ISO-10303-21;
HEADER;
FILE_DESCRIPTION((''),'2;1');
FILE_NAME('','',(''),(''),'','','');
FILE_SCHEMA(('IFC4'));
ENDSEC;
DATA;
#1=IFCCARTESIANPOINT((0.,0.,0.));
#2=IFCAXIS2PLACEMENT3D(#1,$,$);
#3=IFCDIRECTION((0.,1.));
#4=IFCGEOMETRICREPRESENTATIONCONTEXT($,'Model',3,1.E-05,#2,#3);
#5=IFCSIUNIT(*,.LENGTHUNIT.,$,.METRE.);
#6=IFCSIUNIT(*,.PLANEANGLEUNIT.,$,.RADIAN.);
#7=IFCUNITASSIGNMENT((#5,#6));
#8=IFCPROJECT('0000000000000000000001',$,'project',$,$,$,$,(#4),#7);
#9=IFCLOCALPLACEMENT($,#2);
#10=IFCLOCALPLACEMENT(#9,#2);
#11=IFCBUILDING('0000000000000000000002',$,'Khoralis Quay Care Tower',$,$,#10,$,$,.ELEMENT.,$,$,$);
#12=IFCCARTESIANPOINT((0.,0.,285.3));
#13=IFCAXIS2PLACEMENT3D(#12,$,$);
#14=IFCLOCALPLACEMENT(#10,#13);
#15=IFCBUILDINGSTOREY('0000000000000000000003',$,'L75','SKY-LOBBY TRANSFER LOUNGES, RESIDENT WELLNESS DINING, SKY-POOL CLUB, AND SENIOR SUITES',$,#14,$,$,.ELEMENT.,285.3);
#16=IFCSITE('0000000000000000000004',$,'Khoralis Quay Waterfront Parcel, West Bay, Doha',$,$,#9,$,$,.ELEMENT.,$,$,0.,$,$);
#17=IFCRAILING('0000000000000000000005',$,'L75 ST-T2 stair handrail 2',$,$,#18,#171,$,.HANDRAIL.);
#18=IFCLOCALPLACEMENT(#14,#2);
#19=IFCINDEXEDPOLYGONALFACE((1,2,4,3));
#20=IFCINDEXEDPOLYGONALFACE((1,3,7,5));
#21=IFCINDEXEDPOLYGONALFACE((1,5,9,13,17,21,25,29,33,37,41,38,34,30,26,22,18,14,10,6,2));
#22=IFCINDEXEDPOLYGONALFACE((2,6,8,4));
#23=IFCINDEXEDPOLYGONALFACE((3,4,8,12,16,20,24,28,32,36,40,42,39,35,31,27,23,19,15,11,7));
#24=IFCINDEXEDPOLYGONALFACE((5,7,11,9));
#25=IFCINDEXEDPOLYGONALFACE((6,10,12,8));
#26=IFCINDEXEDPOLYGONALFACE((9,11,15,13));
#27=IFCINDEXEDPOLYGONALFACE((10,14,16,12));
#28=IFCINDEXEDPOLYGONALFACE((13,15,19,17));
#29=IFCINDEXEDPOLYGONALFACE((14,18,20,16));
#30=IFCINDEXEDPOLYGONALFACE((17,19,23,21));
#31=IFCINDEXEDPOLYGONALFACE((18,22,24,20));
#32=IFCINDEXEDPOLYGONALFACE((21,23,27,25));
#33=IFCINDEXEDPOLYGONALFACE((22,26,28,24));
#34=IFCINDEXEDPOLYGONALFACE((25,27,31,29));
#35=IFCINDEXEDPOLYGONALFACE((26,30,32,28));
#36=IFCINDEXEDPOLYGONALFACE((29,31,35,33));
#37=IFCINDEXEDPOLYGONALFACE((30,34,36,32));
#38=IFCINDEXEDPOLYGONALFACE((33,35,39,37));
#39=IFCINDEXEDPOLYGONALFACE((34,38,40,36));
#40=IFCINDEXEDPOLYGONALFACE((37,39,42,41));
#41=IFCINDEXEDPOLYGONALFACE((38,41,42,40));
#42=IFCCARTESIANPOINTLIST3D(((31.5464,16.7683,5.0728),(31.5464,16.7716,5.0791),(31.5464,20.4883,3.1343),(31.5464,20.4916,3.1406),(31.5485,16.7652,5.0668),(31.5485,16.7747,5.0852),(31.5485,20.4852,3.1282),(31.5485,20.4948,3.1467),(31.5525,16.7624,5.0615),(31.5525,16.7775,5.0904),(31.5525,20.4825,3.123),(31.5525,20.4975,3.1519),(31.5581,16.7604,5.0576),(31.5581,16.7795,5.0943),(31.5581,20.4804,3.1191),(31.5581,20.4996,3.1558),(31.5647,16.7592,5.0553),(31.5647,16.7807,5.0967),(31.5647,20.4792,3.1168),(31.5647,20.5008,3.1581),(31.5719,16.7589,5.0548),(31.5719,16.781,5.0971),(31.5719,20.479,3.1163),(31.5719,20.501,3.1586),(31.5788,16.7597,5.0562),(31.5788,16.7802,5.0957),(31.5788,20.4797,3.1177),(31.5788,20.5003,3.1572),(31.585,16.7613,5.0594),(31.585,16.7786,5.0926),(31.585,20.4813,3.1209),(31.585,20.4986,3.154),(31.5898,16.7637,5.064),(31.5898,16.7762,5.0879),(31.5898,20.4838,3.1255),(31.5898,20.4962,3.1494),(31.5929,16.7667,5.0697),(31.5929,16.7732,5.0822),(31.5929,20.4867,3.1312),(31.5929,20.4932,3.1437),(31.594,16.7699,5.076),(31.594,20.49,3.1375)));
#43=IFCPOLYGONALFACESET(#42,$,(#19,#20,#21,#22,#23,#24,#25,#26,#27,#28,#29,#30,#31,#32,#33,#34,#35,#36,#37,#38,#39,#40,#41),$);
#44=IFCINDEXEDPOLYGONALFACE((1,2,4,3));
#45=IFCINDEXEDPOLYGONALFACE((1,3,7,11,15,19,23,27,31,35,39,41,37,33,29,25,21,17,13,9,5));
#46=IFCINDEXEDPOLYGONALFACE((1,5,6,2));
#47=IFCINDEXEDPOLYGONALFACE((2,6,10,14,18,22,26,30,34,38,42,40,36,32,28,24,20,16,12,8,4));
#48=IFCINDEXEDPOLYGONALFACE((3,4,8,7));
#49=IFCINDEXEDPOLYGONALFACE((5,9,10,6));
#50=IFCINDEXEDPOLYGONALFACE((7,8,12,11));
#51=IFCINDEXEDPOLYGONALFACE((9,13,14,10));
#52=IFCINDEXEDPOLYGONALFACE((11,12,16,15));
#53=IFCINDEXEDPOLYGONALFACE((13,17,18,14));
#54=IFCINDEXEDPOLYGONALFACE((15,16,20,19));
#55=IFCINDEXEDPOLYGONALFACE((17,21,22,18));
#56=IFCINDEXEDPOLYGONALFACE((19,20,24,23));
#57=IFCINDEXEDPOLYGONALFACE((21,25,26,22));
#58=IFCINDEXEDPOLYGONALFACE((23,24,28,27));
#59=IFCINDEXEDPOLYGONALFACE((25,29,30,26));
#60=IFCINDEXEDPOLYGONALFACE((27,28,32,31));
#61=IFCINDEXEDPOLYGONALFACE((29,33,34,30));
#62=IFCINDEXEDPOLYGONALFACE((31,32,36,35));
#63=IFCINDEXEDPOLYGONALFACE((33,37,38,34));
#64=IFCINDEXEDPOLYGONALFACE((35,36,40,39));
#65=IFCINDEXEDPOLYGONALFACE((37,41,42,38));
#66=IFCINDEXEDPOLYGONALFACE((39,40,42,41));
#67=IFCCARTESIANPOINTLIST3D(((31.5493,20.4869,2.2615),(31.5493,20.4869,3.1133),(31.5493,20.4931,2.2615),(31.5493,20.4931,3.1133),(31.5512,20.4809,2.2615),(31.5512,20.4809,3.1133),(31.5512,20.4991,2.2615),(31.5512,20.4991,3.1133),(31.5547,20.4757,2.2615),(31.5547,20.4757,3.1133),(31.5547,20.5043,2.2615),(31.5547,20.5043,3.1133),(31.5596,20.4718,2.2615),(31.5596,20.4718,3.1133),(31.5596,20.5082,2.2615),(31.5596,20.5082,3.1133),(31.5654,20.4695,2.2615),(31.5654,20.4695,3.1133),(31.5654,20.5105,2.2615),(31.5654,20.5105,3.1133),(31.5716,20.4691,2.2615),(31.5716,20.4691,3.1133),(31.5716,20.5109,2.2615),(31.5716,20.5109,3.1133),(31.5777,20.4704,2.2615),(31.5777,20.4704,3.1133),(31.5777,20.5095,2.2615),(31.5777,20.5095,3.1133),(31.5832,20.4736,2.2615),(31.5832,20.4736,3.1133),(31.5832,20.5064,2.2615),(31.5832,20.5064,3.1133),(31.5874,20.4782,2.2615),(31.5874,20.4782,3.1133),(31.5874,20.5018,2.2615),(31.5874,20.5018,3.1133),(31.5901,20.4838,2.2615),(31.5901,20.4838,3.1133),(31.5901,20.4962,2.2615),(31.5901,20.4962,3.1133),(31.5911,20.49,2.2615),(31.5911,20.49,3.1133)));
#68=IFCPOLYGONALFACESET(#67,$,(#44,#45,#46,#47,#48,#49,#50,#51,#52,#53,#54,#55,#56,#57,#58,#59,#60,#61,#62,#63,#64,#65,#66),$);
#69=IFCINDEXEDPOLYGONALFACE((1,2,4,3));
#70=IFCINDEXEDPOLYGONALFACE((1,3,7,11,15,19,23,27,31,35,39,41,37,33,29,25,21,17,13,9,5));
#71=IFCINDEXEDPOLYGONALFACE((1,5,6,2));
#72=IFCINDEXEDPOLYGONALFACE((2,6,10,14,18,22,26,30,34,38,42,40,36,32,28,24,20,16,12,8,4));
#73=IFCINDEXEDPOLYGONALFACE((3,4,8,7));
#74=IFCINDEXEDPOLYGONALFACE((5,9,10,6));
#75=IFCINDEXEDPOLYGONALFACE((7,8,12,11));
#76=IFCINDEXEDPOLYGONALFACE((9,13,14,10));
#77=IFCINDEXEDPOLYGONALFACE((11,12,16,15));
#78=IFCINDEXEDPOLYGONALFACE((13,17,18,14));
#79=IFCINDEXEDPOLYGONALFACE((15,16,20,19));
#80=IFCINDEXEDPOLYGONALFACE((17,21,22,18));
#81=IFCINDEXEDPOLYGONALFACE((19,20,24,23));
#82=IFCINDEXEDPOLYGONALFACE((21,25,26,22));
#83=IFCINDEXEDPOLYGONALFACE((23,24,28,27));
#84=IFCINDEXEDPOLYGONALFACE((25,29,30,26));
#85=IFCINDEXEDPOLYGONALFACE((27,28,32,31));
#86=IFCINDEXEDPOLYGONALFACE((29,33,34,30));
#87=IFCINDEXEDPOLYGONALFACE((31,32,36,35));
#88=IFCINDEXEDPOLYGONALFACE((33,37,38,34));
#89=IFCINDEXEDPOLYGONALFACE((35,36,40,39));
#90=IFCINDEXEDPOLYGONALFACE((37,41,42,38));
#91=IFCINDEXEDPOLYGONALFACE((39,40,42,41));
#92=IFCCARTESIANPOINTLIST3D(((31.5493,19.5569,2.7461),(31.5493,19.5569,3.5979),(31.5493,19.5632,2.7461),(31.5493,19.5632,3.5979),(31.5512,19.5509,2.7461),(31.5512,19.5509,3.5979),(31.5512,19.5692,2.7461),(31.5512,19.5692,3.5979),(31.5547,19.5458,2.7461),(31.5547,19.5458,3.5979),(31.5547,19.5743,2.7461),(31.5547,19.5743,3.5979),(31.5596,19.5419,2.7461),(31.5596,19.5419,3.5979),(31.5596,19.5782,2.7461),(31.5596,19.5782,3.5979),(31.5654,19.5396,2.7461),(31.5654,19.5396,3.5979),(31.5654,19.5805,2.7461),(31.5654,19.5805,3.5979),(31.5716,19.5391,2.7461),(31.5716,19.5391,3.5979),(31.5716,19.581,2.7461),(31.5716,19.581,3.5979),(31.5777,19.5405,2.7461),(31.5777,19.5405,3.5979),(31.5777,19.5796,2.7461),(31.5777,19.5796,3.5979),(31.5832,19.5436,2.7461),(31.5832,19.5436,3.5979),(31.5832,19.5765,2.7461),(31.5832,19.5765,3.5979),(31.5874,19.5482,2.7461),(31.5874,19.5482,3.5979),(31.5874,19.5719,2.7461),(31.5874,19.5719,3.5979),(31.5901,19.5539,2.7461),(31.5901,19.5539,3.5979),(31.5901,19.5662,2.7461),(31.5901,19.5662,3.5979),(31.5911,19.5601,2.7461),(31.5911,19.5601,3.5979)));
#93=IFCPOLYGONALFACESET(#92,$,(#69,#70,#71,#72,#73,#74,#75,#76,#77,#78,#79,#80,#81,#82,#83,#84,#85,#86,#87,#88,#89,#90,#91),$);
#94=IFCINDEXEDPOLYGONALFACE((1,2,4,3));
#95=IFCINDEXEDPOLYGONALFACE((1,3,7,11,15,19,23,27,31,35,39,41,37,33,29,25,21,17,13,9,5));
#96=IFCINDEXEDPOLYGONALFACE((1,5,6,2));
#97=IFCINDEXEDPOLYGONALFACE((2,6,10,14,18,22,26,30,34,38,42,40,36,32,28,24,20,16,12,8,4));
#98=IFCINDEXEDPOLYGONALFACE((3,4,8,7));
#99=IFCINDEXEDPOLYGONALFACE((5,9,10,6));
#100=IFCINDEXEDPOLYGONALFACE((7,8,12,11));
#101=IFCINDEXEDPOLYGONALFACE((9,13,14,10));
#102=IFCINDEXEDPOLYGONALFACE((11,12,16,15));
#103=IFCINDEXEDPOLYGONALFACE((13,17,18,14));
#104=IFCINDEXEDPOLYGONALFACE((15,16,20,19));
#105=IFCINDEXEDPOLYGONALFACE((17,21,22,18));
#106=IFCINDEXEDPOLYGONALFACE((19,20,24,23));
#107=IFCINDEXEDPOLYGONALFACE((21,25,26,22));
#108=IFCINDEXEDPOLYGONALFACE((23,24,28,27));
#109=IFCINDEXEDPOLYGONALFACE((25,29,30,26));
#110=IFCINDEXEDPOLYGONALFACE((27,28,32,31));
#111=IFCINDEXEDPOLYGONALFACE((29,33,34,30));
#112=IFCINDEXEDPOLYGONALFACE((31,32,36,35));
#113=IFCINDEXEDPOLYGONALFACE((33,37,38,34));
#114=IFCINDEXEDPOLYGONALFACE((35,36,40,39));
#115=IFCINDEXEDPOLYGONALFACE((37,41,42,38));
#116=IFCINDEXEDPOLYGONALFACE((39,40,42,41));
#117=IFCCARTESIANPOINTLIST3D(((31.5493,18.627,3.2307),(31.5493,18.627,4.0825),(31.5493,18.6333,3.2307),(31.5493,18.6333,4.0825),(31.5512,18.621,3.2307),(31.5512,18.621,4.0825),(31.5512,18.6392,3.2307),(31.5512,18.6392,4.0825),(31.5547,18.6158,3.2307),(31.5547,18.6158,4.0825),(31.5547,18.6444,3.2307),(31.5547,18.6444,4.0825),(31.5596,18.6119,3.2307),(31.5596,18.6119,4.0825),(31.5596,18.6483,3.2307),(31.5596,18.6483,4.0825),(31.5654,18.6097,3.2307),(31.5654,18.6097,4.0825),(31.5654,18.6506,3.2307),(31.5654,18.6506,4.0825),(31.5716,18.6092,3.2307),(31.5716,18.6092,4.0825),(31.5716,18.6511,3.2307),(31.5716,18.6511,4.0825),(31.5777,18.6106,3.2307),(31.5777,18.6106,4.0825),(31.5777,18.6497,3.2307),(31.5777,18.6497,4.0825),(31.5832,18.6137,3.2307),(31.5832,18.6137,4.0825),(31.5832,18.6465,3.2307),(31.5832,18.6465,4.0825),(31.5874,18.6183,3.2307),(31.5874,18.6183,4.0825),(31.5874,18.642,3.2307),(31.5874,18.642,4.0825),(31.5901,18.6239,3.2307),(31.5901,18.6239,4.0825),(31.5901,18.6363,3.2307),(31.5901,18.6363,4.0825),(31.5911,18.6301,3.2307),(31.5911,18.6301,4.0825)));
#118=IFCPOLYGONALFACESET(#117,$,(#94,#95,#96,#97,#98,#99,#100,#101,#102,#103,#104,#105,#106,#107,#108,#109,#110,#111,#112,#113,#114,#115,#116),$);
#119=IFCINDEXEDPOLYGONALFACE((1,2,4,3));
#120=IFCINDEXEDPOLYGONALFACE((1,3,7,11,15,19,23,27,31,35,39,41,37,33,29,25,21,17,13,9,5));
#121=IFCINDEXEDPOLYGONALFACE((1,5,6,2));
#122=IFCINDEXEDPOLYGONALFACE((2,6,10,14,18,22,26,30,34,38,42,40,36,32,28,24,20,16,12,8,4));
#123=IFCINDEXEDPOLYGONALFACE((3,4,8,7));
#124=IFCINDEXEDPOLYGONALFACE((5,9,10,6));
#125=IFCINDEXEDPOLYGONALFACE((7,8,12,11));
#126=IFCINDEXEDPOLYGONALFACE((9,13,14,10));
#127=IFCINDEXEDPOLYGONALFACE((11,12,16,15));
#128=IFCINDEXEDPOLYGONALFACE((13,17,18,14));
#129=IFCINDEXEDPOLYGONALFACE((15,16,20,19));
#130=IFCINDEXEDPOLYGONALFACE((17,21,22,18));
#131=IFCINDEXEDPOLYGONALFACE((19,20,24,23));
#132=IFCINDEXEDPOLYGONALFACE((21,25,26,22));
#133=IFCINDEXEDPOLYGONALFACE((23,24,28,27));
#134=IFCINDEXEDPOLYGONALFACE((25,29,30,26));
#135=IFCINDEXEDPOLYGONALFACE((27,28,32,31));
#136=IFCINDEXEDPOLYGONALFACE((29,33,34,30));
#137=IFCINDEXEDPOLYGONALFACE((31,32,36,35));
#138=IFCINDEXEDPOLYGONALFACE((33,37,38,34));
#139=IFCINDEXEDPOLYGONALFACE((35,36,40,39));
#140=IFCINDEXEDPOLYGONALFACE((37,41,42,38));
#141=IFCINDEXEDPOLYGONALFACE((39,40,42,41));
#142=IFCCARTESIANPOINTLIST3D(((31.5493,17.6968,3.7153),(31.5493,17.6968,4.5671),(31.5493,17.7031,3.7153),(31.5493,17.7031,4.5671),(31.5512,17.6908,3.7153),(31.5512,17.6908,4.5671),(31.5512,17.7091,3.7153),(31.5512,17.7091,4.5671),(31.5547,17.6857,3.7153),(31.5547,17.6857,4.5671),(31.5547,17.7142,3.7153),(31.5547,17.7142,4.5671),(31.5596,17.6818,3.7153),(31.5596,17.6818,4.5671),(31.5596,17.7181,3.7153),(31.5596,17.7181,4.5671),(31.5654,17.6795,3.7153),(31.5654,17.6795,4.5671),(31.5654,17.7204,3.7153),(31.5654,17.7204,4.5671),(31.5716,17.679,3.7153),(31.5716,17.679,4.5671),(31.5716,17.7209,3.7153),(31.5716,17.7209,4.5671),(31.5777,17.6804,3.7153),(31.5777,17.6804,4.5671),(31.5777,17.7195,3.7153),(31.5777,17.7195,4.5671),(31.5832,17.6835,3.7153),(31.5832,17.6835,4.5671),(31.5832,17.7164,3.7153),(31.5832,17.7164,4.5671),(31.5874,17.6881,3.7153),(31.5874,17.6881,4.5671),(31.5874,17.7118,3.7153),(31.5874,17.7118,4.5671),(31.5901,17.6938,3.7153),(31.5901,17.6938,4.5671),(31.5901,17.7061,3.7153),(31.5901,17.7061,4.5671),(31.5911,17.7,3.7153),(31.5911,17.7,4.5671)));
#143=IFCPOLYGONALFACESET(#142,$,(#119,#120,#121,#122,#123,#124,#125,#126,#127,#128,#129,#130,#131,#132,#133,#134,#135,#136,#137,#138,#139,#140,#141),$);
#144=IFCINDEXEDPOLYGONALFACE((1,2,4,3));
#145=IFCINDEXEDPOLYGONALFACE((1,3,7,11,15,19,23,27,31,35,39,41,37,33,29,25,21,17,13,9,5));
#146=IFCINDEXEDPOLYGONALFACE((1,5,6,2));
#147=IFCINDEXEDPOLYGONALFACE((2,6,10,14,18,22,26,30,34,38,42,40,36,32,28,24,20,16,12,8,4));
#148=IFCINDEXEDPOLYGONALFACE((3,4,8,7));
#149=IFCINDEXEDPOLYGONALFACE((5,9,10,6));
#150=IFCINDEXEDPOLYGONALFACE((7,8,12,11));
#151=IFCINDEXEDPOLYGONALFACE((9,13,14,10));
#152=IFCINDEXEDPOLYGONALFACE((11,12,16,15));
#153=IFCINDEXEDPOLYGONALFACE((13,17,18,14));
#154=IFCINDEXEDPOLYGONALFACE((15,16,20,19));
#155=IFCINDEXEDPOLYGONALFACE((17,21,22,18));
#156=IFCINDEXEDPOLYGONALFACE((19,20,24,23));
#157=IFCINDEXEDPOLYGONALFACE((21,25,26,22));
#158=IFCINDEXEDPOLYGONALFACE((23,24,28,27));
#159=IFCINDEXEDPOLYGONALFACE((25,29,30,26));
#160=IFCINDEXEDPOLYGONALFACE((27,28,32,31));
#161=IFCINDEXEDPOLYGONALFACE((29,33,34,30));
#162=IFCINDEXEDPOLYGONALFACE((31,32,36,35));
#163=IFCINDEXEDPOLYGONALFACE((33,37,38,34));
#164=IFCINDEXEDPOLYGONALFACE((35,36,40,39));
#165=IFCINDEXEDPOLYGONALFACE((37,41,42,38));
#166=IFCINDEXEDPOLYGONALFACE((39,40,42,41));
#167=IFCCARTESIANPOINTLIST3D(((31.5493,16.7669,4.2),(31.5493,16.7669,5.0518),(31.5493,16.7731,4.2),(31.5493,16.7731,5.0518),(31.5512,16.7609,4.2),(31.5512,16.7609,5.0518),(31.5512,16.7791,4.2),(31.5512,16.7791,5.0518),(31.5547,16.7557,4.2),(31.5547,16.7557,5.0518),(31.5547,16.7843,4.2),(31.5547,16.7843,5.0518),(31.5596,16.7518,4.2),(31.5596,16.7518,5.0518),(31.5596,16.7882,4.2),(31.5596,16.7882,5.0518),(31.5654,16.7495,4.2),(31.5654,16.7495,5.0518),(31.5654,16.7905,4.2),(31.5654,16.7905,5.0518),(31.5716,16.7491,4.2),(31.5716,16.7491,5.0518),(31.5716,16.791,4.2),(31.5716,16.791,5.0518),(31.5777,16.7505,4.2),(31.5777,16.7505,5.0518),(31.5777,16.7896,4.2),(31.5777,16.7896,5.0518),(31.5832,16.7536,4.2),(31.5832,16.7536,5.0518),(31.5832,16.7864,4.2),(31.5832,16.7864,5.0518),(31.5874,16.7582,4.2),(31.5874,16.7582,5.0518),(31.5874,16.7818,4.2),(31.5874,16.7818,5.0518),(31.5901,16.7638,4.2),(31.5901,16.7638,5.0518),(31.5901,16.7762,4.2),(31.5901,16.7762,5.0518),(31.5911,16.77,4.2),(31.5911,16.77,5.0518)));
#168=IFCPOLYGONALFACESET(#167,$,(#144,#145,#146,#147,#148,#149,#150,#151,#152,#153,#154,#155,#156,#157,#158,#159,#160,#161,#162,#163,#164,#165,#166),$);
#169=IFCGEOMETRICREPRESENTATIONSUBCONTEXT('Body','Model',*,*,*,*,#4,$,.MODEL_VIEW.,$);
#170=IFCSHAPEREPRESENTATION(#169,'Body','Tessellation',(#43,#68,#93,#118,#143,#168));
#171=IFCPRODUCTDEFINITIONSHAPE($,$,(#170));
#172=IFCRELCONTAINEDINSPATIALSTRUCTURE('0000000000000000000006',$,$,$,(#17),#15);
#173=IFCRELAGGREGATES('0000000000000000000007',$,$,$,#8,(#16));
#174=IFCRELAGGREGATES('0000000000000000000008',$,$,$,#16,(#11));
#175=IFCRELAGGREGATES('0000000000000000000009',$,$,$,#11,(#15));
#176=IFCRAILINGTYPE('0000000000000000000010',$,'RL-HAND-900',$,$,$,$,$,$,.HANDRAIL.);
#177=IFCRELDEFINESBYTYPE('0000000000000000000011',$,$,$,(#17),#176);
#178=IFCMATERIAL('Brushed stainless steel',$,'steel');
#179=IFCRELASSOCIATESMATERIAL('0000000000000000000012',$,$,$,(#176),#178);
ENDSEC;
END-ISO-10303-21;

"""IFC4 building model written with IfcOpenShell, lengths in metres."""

from ifc_helpers import new_model, si_unit, direction, frame, origin, origin_2d, place, context, subcontext, project, spatial, circle, extrude, material, type_object, element, save


model = new_model("IFC4")

# Units and contexts
model_context = context("Model", 3, precision=1e-05, world=origin(), true_north=direction((0.0, 1.0)))
body_context = subcontext(model_context, "Body", "Model", "MODEL_VIEW")
ifc_project = project(units=[si_unit("LENGTHUNIT", "METRE"), si_unit("PLANEANGLEUNIT", "RADIAN")], contexts=[model_context])

# Site, building, storey
site_placement = place(None, origin())
site = spatial("IfcSite", under=ifc_project, at=site_placement, Name="Khoralis Quay Waterfront Parcel, West Bay, Doha", CompositionType="ELEMENT", RefElevation=0.0)
building_placement = place(site_placement, origin())
building = spatial("IfcBuilding", under=site, at=building_placement, Name="Khoralis Quay Care Tower", CompositionType="ELEMENT")
storey_placement = place(building_placement, frame((0.0, 0.0, 285.3)))
storey = spatial("IfcBuildingStorey", under=building, at=storey_placement, Name="L75", Description="SKY-LOBBY TRANSFER LOUNGES, RESIDENT WELLNESS DINING, SKY-POOL CLUB, AND SENIOR SUITES", CompositionType="ELEMENT", Elevation=285.3)

# Shared definitions
ifc_material_1 = material(Name="Brushed stainless steel", Category="steel")

# Railing
railing_type_1 = type_object("IfcRailingType", Name="RL-HAND-900", PredefinedType="HANDRAIL", material=ifc_material_1)
railing_1_placement = place(storey_placement, frame((31.5701, 20.49, 2.2615)))
element("IfcRailing", 1, at=railing_1_placement, inside=storey, type_object=railing_type_1, Name="L75 ST-T2 stair handrail 2", PredefinedType="HANDRAIL", context=body_context, shape_type="SweptSolid", body=[
    extrude(circle(Radius=0.0239, at=origin_2d()), frame((0.0, 0.0, 0.876), z_axis=(0.0, -0.886817, 0.46212), x_axis=(1.0, 0.0, 0.0)), (0.0, 0.0, 1.0), 4.1948),
    extrude(circle(Radius=0.021, at=origin_2d()), origin(), (0.0, 0.0, 1.0), 0.8518),
    extrude(circle(Radius=0.021, at=origin_2d()), frame((0.0, -0.9299, 0.4846)), (0.0, 0.0, 1.0), 0.8518),
    extrude(circle(Radius=0.021, at=origin_2d()), frame((0.0, -1.8599, 0.9692)), (0.0, 0.0, 1.0), 0.8518),
    extrude(circle(Radius=0.021, at=origin_2d()), frame((0.0, -2.79, 1.4539)), (0.0, 0.0, 1.0), 0.8518),
    extrude(circle(Radius=0.021, at=origin_2d()), frame((0.0, -3.72, 1.9385)), (0.0, 0.0, 1.0), 0.8518),
])

save(model, "model.ifc")
